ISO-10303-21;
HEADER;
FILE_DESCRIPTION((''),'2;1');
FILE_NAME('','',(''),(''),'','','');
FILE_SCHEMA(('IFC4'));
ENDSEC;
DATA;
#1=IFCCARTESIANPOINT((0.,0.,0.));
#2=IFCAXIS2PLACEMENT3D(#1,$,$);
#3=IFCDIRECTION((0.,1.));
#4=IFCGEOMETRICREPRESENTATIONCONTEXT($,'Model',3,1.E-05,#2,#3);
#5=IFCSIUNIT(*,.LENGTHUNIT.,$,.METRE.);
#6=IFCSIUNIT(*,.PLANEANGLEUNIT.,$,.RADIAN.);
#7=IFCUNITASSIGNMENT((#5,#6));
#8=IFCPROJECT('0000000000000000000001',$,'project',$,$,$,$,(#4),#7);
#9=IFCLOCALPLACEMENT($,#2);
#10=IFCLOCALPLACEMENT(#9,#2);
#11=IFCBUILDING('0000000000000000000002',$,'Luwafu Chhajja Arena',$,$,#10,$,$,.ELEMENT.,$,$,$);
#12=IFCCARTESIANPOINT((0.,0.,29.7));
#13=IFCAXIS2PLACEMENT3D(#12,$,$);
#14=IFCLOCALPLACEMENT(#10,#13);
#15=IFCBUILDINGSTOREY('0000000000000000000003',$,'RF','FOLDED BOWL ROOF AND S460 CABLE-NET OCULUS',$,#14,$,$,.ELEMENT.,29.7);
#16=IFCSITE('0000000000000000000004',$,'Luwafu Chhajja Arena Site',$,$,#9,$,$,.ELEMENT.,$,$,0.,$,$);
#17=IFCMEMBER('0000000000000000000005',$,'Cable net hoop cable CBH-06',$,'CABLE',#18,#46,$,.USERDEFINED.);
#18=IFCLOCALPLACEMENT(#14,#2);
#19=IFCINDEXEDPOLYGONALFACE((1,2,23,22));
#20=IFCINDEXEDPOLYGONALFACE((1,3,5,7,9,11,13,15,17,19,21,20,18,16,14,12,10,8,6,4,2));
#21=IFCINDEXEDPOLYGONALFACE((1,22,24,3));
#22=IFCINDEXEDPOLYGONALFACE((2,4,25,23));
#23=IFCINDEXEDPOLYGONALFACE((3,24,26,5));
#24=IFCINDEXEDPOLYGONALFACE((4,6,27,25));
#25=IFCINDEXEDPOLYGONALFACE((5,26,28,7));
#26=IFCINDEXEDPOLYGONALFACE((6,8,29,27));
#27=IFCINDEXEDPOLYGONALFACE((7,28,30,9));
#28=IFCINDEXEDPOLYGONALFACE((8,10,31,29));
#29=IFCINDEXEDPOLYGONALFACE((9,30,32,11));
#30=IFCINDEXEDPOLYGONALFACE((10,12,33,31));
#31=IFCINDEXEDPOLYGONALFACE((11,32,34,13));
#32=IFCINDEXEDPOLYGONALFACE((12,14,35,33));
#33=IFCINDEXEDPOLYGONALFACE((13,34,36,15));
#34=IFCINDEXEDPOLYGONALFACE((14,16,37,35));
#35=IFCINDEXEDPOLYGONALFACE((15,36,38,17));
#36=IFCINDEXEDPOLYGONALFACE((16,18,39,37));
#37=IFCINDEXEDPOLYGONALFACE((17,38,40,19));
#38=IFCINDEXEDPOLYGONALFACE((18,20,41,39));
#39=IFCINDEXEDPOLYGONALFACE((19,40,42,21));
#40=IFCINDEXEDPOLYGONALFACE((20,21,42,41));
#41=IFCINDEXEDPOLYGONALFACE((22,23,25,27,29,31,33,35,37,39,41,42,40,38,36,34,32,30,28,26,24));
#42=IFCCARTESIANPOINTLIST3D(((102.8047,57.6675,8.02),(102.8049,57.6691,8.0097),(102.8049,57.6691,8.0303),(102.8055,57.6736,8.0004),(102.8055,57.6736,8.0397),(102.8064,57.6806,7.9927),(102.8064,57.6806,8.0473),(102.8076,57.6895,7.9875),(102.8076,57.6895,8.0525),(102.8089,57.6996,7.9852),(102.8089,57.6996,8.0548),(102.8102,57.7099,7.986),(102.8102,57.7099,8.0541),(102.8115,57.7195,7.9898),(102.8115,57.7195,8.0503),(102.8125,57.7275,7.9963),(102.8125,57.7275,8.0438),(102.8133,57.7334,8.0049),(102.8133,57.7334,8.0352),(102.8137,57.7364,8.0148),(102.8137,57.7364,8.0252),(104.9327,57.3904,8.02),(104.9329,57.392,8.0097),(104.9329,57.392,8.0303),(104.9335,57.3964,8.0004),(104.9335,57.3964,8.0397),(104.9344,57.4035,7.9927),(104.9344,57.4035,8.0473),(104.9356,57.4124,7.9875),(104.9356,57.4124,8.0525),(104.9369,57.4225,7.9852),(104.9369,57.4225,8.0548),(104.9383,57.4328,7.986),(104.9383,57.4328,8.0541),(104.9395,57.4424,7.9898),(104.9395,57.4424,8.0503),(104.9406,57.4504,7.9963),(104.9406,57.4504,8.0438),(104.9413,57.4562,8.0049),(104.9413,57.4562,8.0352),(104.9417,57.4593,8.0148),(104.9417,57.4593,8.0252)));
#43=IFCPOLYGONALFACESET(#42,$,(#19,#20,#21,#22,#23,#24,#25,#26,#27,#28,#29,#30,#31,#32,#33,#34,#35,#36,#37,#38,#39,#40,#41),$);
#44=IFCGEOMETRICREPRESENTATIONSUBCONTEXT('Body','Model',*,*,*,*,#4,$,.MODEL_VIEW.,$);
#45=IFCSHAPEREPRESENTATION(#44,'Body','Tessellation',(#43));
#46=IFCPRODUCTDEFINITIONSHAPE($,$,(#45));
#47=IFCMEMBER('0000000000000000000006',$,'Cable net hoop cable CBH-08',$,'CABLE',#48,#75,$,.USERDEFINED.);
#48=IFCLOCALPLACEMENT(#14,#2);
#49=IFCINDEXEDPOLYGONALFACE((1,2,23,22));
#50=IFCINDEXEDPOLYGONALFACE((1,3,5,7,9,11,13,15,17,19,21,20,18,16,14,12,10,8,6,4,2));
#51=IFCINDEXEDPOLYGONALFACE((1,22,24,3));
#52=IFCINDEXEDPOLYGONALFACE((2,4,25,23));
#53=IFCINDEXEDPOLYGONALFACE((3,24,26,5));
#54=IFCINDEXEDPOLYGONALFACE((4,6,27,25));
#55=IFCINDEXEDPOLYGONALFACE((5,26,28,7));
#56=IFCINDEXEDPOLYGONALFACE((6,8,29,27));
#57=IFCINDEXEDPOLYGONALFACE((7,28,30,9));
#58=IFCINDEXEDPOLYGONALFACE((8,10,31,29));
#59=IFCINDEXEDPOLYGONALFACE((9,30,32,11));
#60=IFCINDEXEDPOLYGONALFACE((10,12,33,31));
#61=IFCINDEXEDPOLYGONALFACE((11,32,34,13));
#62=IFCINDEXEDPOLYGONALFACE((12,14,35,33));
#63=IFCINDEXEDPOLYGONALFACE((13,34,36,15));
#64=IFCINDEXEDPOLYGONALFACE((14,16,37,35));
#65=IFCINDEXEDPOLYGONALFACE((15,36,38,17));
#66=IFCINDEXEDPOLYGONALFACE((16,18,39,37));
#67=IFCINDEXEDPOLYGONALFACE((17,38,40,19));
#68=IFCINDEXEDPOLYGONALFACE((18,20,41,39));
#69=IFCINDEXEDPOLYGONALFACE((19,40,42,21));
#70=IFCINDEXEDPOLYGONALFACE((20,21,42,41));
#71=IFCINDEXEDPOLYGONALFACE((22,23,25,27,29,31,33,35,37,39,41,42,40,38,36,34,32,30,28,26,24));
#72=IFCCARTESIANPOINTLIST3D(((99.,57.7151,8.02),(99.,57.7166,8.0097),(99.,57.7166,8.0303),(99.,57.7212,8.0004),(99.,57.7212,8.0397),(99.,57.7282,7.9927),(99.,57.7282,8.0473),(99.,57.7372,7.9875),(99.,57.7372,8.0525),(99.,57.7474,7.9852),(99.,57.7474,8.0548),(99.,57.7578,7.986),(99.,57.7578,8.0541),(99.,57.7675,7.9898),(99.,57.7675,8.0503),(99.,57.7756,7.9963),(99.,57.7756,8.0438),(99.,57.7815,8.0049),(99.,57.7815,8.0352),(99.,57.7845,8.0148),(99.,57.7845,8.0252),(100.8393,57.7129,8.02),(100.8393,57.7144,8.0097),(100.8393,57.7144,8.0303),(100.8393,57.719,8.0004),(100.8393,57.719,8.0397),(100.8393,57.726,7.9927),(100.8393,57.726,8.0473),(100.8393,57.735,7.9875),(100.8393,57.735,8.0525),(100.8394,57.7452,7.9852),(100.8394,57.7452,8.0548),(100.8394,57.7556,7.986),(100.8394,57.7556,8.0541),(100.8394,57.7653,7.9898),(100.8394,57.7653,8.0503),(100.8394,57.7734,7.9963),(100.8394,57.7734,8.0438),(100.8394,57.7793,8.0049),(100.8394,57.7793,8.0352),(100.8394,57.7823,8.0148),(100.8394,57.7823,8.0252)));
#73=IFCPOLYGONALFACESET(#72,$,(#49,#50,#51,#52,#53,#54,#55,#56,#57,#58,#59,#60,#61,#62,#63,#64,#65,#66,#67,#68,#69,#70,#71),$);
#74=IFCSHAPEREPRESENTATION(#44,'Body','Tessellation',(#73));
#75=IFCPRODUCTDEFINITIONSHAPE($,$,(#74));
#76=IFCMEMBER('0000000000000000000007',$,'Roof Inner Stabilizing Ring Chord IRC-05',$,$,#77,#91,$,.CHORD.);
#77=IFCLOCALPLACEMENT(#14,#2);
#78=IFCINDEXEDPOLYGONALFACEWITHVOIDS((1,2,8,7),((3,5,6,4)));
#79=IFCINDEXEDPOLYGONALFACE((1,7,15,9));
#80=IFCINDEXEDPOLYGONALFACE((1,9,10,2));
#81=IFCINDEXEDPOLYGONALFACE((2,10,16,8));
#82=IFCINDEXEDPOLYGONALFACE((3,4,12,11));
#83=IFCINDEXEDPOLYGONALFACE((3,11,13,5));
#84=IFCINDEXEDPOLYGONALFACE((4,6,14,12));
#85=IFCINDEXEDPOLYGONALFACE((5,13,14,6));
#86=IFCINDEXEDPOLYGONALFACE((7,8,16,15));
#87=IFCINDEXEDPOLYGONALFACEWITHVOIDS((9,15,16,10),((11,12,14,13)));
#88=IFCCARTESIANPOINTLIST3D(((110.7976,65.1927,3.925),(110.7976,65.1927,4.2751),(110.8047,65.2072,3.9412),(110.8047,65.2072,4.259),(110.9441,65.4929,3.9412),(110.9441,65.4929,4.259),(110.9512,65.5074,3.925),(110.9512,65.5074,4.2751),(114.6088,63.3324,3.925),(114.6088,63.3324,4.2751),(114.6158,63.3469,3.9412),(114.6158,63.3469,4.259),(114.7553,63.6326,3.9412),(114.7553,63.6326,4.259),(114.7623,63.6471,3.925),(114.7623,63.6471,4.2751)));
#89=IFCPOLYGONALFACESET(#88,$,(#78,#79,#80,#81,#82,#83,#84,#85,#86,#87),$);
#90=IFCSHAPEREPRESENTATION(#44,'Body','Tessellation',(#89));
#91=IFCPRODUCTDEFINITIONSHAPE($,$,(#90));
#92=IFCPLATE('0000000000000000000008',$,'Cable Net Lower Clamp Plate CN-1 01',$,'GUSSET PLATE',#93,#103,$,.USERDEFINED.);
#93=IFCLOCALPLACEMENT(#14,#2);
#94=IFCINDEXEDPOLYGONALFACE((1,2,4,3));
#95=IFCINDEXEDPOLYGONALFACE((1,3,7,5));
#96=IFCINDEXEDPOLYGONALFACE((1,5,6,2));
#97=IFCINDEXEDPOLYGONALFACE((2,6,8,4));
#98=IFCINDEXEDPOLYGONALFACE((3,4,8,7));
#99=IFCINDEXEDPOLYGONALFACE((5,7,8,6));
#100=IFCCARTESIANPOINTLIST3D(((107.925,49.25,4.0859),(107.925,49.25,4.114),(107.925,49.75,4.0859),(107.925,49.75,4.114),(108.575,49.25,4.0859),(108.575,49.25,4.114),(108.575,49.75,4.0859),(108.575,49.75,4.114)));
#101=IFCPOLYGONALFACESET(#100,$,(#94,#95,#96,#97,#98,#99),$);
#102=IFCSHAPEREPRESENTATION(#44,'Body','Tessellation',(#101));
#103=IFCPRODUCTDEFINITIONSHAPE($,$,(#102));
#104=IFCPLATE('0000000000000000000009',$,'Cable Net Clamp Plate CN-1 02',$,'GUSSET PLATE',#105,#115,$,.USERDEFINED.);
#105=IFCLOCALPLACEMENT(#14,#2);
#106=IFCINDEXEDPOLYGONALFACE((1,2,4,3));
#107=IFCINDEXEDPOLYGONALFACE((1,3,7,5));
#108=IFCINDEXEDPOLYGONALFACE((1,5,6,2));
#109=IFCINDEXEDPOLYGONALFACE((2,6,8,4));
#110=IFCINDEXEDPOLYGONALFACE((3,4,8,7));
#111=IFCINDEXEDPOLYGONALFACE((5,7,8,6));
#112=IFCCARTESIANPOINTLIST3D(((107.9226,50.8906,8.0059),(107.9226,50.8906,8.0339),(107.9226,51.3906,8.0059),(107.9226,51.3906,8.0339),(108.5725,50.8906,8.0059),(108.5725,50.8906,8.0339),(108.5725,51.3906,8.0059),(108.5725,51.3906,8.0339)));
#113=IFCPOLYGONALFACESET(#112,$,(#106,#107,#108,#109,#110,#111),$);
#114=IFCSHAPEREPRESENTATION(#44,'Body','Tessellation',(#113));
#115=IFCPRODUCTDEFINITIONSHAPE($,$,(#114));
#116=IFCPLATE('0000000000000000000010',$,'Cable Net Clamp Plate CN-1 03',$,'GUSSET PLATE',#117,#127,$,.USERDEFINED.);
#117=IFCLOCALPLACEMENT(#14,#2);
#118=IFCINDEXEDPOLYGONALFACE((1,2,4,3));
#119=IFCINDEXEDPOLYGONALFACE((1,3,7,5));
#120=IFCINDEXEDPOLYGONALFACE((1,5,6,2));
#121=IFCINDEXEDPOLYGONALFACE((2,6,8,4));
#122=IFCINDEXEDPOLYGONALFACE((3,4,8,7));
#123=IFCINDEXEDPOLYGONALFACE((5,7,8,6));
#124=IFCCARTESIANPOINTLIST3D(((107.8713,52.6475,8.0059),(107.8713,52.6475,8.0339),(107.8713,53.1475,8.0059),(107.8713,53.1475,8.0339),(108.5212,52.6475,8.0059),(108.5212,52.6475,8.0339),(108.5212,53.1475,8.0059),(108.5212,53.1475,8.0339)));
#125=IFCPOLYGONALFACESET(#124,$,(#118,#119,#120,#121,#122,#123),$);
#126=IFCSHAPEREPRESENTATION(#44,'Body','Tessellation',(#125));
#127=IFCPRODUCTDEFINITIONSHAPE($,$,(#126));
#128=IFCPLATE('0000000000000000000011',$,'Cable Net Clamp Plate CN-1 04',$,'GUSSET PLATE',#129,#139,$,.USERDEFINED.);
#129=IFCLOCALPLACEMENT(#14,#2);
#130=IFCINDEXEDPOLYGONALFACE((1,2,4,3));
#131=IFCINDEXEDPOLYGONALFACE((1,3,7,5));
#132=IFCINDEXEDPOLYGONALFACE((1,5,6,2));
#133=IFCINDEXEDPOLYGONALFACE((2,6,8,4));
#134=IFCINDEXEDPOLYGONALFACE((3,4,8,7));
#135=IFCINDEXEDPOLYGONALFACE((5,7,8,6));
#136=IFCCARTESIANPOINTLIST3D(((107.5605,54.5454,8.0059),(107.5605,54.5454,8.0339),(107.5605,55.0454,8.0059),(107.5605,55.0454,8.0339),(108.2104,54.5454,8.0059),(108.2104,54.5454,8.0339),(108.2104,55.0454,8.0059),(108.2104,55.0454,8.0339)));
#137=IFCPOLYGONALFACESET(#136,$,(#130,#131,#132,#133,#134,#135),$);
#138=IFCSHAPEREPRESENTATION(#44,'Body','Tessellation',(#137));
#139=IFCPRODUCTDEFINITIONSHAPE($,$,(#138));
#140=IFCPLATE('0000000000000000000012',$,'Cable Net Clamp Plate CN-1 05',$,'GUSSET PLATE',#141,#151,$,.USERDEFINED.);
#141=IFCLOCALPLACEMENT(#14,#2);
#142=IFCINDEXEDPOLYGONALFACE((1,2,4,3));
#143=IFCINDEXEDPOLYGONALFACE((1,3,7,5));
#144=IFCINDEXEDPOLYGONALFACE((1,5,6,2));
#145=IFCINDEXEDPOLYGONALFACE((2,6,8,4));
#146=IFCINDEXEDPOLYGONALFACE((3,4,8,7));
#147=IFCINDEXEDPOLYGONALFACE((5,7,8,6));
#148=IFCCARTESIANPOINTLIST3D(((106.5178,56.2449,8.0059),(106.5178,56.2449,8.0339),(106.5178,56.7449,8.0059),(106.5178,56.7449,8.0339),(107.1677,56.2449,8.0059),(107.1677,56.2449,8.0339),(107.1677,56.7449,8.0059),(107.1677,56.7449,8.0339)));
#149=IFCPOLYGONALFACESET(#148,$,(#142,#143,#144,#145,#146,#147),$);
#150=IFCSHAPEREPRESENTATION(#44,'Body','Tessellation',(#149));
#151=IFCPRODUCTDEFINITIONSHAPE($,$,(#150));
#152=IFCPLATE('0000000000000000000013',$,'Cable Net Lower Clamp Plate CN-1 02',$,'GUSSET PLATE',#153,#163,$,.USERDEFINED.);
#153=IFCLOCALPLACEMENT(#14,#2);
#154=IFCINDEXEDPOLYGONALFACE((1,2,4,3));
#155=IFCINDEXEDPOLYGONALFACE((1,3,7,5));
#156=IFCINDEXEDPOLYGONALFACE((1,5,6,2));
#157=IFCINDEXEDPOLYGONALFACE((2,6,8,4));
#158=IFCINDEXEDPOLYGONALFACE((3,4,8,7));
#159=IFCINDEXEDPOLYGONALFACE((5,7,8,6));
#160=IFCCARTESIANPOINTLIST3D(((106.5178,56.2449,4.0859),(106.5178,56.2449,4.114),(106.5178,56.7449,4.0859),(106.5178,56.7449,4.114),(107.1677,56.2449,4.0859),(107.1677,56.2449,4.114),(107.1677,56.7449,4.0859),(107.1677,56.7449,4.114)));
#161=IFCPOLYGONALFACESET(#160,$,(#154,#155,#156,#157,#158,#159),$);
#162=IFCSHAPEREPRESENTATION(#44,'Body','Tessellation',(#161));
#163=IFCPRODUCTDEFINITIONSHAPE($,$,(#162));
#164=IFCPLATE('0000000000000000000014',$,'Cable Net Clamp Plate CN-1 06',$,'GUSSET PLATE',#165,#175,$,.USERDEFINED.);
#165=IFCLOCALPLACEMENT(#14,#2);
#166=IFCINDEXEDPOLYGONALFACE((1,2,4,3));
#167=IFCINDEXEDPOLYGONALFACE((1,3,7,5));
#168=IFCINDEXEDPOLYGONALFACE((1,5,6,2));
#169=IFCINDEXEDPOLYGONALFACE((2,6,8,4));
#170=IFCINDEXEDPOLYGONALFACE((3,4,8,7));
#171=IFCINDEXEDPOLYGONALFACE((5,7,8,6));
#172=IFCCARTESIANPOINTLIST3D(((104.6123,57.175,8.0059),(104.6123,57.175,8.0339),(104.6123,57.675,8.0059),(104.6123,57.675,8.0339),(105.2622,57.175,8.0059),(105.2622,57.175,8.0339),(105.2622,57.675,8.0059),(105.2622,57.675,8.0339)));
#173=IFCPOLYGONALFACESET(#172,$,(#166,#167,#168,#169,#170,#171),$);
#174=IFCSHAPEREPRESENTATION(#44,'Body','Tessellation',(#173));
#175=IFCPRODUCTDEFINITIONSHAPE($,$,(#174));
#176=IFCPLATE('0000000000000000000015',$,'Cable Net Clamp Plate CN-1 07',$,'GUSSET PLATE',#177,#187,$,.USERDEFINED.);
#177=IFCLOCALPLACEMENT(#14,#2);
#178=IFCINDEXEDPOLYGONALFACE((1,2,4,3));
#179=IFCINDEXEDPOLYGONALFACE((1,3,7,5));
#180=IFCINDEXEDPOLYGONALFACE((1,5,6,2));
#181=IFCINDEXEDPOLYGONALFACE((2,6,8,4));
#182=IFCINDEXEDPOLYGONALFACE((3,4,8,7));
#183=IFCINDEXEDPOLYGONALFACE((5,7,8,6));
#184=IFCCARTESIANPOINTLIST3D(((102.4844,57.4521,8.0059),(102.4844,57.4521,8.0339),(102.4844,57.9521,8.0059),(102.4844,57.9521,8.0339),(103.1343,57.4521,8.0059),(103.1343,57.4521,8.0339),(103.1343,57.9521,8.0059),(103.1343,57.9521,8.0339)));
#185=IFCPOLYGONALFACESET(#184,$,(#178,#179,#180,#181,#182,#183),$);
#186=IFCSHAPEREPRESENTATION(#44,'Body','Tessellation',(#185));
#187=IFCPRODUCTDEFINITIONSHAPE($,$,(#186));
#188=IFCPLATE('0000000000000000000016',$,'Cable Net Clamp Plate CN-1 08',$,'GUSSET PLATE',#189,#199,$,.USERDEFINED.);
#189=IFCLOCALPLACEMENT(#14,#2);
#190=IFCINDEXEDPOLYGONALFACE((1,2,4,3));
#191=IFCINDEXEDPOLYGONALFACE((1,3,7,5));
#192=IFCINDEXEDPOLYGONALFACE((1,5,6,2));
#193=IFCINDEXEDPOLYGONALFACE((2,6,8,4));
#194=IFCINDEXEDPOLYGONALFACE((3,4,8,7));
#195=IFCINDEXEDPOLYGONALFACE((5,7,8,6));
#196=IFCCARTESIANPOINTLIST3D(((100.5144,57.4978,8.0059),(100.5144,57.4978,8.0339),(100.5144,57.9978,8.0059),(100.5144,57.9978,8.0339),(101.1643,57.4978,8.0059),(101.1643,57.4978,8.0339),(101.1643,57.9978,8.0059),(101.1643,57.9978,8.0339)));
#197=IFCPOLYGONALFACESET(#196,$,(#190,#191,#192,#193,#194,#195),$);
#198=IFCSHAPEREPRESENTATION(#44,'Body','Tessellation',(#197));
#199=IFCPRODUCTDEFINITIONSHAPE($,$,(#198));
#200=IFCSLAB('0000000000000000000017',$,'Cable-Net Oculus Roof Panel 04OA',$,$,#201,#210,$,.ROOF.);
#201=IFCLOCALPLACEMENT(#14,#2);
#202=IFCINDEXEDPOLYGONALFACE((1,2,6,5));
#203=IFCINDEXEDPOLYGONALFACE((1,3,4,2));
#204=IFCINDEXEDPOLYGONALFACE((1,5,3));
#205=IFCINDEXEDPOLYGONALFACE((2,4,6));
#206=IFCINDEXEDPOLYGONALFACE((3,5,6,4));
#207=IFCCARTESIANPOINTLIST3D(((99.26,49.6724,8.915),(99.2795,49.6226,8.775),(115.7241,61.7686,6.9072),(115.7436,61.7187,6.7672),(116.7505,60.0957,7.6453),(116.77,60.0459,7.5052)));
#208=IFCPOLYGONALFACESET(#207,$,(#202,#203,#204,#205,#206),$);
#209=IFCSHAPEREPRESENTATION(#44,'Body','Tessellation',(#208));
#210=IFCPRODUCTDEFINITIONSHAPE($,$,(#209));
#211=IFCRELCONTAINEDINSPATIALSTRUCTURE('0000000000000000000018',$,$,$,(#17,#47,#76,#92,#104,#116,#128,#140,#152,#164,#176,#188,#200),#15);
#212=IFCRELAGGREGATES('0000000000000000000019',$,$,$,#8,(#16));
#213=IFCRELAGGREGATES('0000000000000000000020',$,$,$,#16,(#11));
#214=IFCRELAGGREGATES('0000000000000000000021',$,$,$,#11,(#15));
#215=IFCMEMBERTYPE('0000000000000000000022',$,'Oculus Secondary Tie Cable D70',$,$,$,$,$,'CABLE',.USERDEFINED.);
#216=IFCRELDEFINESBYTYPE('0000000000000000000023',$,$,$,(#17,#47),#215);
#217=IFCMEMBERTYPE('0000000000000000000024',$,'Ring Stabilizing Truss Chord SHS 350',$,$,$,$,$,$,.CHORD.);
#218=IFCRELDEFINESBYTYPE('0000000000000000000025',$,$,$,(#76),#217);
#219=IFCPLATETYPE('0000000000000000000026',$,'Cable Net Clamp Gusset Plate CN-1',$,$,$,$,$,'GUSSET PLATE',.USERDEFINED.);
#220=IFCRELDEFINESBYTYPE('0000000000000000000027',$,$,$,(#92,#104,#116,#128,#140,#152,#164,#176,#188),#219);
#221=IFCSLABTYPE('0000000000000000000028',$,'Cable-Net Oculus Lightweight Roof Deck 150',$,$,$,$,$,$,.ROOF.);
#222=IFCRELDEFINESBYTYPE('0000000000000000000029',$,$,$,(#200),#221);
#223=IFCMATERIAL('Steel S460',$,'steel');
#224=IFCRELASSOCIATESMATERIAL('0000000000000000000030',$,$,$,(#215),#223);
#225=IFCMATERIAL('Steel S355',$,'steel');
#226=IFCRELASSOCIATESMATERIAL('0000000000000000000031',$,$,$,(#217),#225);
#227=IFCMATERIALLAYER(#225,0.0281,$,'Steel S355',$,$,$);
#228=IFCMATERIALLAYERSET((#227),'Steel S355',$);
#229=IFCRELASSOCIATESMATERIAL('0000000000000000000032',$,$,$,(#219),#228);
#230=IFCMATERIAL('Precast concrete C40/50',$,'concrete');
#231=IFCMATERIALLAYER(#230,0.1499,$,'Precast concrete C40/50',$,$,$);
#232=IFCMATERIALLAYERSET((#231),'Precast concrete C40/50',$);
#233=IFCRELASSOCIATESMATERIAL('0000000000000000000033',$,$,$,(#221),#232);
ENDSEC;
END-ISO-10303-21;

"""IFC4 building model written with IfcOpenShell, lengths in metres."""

from ifc_helpers import new_model, si_unit, direction, frame, origin, origin_2d, place, context, subcontext, project, spatial, polyline, rectangle, hollow_rectangle, circle, outline, extrude, material, layer, layer_set, material_profile, profile_set, type_object, element, save


model = new_model("IFC4")

# Units and contexts
model_context = context("Model", 3, precision=1e-05, world=origin(), true_north=direction((0.0, 1.0)))
body_context = subcontext(model_context, "Body", "Model", "MODEL_VIEW")
ifc_project = project(units=[si_unit("LENGTHUNIT", "METRE"), si_unit("PLANEANGLEUNIT", "RADIAN")], contexts=[model_context])

# Site, building, storey
site_placement = place(None, origin())
site = spatial("IfcSite", under=ifc_project, at=site_placement, Name="Luwafu Chhajja Arena Site", CompositionType="ELEMENT", RefElevation=0.0)
building_placement = place(site_placement, origin())
building = spatial("IfcBuilding", under=site, at=building_placement, Name="Luwafu Chhajja Arena", CompositionType="ELEMENT")
storey_placement = place(building_placement, frame((0.0, 0.0, 29.7)))
storey = spatial("IfcBuildingStorey", under=building, at=storey_placement, Name="RF", Description="FOLDED BOWL ROOF AND S460 CABLE-NET OCULUS", CompositionType="ELEMENT", Elevation=29.7)

# Shared definitions
ifc_material_1 = material(Name="Steel S355", Category="steel")

# Members
ifc_material_2 = material(Name="Steel S460", Category="steel")
ifc_material_profile_1 = material_profile(ifc_material_2, circle(Radius=0.0349, at=origin_2d()), Name="CABLE D70")
ifc_profile_set_1 = profile_set([ifc_material_profile_1], Name="Steel S460")
member_type_1 = type_object("IfcMemberType", Name="Oculus Secondary Tie Cable D70", ElementType="CABLE", PredefinedType="USERDEFINED", material=ifc_profile_set_1)
member_1_placement = place(storey_placement, frame((104.9373, 57.425, 8.02), z_axis=(-0.991628, 0.12913, 0.0), x_axis=(-0.12913, -0.991628, 0.0)))
element("IfcMember", 1, at=member_1_placement, inside=storey, type_object=member_type_1, Name="Cable net hoop cable CBH-06", ObjectType="CABLE", PredefinedType="USERDEFINED", context=body_context, shape_type="SweptSolid", body=[
    extrude(circle(Radius=0.0349, at=origin_2d()), origin(), (0.0, 0.0, 1.0), 2.146),
])
member_2_placement = place(storey_placement, frame((100.8394, 57.7478, 8.02), z_axis=(-0.999999, 0.001195, 0.0), x_axis=(-0.001195, -0.999999, 0.0)))
element("IfcMember", 2, at=member_2_placement, inside=storey, type_object=member_type_1, Name="Cable net hoop cable CBH-08", ObjectType="CABLE", PredefinedType="USERDEFINED", context=body_context, shape_type="SweptSolid", body=[
    extrude(circle(Radius=0.0349, at=origin_2d()), origin(), (0.0, 0.0, 1.0), 1.8394),
])
ifc_material_profile_2 = material_profile(ifc_material_1, hollow_rectangle(XDim=0.3501, YDim=0.3501, WallThickness=0.0161, at=origin_2d()), Name="SHS 350x350x16")
ifc_profile_set_2 = profile_set([ifc_material_profile_2], Name="Steel S355")
member_type_2 = type_object("IfcMemberType", Name="Ring Stabilizing Truss Chord SHS 350", PredefinedType="CHORD", material=ifc_profile_set_2)
member_3_placement = place(storey_placement, frame((114.6855, 63.4897, 4.1001), z_axis=(-0.898658, 0.43865, 0.0), x_axis=(-0.43865, -0.898658, 0.0)))
element("IfcMember", 3, at=member_3_placement, inside=storey, type_object=member_type_2, Name="Roof Inner Stabilizing Ring Chord IRC-05", PredefinedType="CHORD", context=body_context, shape_type="SweptSolid", body=[
    extrude(hollow_rectangle(XDim=0.3501, YDim=0.3501, WallThickness=0.0161, at=origin_2d()), origin(), (0.0, 0.0, 1.0), 4.241),
])

# Plates
ifc_layer_1 = layer(ifc_material_1, 0.0281, Name="Steel S355")
ifc_layer_set_1 = layer_set([ifc_layer_1], Name="Steel S355")
plate_type_1 = type_object("IfcPlateType", Name="Cable Net Clamp Gusset Plate CN-1", ElementType="GUSSET PLATE", PredefinedType="USERDEFINED", material=ifc_layer_set_1)
for number, where, z_axis, x_axis, name in (
    (4, (108.25, 49.5, 4.0859), (0.0, 0.0, 1.0), (1.0, 0.0, 0.0), "Cable Net Lower Clamp Plate CN-1 01"),
    (5, (108.2476, 51.1406, 8.0059), (0.0, 0.0, 1.0), (1.0, 0.0, 0.0), "Cable Net Clamp Plate CN-1 02"),
    (6, (108.1963, 52.8975, 8.0059), (0.0, 0.0, 1.0), (1.0, 0.0, 0.0), "Cable Net Clamp Plate CN-1 03"),
    (7, (107.8855, 54.7954, 8.0059), (0.0, 0.0, 1.0), (1.0, 0.0, 0.0), "Cable Net Clamp Plate CN-1 04"),
    (8, (106.8428, 56.4949, 8.0059), (0.0, 0.0, 1.0), (1.0, 0.0, 0.0), "Cable Net Clamp Plate CN-1 05"),
    (9, (106.8428, 56.4949, 4.0859), (0.0, 0.0, 1.0), (1.0, 0.0, 0.0), "Cable Net Lower Clamp Plate CN-1 02"),
    (10, (104.9373, 57.425, 8.0059), (0.0, 0.0, 1.0), (1.0, 0.0, 0.0), "Cable Net Clamp Plate CN-1 06"),
    (11, (102.8093, 57.7021, 8.0059), (0.0, 0.0, 1.0), (1.0, 0.0, 0.0), "Cable Net Clamp Plate CN-1 07"),
    (12, (100.8394, 57.7478, 8.0059), (0.0, 0.0, 1.0), (1.0, 0.0, 0.0), "Cable Net Clamp Plate CN-1 08"),
):
    element("IfcPlate", number, at=place(storey_placement, frame(where, z_axis=z_axis, x_axis=x_axis)), inside=storey, type_object=plate_type_1, Name=name, ObjectType="GUSSET PLATE", PredefinedType="USERDEFINED", context=body_context, shape_type="SweptSolid", body=[
        extrude(rectangle(XDim=0.6499, YDim=0.5, at=origin_2d()), origin(), (0.0, 0.0, 1.0), 0.0281),
    ])

# Slab
ifc_material_3 = material(Name="Precast concrete C40/50", Category="concrete")
ifc_layer_2 = layer(ifc_material_3, 0.1499, Name="Precast concrete C40/50")
ifc_layer_set_2 = layer_set([ifc_layer_2], Name="Precast concrete C40/50")
slab_type = type_object("IfcSlabType", Name="Cable-Net Oculus Lightweight Roof Deck 150", PredefinedType="ROOF", material=ifc_layer_set_2)
slab_1_placement = place(storey_placement, frame((116.7505, 60.0957, 7.6453), z_axis=(-0.13019, 0.33226, 0.934159), x_axis=(-0.857361, -0.510939, 0.062243)))
element("IfcSlab", 13, at=slab_1_placement, inside=storey, type_object=slab_type, Name="Cable-Net Oculus Roof Panel 04OA", PredefinedType="ROOF", context=body_context, shape_type="SweptSolid", body=[
    extrude(outline(polyline([(0.0, 0.0), (20.4004, 0.0), (-0.0207, -2.0967), (0.0, 0.0)])), origin(), (0.0, 0.0, -1.0), 0.1499),
])

save(model, "model.ifc")
